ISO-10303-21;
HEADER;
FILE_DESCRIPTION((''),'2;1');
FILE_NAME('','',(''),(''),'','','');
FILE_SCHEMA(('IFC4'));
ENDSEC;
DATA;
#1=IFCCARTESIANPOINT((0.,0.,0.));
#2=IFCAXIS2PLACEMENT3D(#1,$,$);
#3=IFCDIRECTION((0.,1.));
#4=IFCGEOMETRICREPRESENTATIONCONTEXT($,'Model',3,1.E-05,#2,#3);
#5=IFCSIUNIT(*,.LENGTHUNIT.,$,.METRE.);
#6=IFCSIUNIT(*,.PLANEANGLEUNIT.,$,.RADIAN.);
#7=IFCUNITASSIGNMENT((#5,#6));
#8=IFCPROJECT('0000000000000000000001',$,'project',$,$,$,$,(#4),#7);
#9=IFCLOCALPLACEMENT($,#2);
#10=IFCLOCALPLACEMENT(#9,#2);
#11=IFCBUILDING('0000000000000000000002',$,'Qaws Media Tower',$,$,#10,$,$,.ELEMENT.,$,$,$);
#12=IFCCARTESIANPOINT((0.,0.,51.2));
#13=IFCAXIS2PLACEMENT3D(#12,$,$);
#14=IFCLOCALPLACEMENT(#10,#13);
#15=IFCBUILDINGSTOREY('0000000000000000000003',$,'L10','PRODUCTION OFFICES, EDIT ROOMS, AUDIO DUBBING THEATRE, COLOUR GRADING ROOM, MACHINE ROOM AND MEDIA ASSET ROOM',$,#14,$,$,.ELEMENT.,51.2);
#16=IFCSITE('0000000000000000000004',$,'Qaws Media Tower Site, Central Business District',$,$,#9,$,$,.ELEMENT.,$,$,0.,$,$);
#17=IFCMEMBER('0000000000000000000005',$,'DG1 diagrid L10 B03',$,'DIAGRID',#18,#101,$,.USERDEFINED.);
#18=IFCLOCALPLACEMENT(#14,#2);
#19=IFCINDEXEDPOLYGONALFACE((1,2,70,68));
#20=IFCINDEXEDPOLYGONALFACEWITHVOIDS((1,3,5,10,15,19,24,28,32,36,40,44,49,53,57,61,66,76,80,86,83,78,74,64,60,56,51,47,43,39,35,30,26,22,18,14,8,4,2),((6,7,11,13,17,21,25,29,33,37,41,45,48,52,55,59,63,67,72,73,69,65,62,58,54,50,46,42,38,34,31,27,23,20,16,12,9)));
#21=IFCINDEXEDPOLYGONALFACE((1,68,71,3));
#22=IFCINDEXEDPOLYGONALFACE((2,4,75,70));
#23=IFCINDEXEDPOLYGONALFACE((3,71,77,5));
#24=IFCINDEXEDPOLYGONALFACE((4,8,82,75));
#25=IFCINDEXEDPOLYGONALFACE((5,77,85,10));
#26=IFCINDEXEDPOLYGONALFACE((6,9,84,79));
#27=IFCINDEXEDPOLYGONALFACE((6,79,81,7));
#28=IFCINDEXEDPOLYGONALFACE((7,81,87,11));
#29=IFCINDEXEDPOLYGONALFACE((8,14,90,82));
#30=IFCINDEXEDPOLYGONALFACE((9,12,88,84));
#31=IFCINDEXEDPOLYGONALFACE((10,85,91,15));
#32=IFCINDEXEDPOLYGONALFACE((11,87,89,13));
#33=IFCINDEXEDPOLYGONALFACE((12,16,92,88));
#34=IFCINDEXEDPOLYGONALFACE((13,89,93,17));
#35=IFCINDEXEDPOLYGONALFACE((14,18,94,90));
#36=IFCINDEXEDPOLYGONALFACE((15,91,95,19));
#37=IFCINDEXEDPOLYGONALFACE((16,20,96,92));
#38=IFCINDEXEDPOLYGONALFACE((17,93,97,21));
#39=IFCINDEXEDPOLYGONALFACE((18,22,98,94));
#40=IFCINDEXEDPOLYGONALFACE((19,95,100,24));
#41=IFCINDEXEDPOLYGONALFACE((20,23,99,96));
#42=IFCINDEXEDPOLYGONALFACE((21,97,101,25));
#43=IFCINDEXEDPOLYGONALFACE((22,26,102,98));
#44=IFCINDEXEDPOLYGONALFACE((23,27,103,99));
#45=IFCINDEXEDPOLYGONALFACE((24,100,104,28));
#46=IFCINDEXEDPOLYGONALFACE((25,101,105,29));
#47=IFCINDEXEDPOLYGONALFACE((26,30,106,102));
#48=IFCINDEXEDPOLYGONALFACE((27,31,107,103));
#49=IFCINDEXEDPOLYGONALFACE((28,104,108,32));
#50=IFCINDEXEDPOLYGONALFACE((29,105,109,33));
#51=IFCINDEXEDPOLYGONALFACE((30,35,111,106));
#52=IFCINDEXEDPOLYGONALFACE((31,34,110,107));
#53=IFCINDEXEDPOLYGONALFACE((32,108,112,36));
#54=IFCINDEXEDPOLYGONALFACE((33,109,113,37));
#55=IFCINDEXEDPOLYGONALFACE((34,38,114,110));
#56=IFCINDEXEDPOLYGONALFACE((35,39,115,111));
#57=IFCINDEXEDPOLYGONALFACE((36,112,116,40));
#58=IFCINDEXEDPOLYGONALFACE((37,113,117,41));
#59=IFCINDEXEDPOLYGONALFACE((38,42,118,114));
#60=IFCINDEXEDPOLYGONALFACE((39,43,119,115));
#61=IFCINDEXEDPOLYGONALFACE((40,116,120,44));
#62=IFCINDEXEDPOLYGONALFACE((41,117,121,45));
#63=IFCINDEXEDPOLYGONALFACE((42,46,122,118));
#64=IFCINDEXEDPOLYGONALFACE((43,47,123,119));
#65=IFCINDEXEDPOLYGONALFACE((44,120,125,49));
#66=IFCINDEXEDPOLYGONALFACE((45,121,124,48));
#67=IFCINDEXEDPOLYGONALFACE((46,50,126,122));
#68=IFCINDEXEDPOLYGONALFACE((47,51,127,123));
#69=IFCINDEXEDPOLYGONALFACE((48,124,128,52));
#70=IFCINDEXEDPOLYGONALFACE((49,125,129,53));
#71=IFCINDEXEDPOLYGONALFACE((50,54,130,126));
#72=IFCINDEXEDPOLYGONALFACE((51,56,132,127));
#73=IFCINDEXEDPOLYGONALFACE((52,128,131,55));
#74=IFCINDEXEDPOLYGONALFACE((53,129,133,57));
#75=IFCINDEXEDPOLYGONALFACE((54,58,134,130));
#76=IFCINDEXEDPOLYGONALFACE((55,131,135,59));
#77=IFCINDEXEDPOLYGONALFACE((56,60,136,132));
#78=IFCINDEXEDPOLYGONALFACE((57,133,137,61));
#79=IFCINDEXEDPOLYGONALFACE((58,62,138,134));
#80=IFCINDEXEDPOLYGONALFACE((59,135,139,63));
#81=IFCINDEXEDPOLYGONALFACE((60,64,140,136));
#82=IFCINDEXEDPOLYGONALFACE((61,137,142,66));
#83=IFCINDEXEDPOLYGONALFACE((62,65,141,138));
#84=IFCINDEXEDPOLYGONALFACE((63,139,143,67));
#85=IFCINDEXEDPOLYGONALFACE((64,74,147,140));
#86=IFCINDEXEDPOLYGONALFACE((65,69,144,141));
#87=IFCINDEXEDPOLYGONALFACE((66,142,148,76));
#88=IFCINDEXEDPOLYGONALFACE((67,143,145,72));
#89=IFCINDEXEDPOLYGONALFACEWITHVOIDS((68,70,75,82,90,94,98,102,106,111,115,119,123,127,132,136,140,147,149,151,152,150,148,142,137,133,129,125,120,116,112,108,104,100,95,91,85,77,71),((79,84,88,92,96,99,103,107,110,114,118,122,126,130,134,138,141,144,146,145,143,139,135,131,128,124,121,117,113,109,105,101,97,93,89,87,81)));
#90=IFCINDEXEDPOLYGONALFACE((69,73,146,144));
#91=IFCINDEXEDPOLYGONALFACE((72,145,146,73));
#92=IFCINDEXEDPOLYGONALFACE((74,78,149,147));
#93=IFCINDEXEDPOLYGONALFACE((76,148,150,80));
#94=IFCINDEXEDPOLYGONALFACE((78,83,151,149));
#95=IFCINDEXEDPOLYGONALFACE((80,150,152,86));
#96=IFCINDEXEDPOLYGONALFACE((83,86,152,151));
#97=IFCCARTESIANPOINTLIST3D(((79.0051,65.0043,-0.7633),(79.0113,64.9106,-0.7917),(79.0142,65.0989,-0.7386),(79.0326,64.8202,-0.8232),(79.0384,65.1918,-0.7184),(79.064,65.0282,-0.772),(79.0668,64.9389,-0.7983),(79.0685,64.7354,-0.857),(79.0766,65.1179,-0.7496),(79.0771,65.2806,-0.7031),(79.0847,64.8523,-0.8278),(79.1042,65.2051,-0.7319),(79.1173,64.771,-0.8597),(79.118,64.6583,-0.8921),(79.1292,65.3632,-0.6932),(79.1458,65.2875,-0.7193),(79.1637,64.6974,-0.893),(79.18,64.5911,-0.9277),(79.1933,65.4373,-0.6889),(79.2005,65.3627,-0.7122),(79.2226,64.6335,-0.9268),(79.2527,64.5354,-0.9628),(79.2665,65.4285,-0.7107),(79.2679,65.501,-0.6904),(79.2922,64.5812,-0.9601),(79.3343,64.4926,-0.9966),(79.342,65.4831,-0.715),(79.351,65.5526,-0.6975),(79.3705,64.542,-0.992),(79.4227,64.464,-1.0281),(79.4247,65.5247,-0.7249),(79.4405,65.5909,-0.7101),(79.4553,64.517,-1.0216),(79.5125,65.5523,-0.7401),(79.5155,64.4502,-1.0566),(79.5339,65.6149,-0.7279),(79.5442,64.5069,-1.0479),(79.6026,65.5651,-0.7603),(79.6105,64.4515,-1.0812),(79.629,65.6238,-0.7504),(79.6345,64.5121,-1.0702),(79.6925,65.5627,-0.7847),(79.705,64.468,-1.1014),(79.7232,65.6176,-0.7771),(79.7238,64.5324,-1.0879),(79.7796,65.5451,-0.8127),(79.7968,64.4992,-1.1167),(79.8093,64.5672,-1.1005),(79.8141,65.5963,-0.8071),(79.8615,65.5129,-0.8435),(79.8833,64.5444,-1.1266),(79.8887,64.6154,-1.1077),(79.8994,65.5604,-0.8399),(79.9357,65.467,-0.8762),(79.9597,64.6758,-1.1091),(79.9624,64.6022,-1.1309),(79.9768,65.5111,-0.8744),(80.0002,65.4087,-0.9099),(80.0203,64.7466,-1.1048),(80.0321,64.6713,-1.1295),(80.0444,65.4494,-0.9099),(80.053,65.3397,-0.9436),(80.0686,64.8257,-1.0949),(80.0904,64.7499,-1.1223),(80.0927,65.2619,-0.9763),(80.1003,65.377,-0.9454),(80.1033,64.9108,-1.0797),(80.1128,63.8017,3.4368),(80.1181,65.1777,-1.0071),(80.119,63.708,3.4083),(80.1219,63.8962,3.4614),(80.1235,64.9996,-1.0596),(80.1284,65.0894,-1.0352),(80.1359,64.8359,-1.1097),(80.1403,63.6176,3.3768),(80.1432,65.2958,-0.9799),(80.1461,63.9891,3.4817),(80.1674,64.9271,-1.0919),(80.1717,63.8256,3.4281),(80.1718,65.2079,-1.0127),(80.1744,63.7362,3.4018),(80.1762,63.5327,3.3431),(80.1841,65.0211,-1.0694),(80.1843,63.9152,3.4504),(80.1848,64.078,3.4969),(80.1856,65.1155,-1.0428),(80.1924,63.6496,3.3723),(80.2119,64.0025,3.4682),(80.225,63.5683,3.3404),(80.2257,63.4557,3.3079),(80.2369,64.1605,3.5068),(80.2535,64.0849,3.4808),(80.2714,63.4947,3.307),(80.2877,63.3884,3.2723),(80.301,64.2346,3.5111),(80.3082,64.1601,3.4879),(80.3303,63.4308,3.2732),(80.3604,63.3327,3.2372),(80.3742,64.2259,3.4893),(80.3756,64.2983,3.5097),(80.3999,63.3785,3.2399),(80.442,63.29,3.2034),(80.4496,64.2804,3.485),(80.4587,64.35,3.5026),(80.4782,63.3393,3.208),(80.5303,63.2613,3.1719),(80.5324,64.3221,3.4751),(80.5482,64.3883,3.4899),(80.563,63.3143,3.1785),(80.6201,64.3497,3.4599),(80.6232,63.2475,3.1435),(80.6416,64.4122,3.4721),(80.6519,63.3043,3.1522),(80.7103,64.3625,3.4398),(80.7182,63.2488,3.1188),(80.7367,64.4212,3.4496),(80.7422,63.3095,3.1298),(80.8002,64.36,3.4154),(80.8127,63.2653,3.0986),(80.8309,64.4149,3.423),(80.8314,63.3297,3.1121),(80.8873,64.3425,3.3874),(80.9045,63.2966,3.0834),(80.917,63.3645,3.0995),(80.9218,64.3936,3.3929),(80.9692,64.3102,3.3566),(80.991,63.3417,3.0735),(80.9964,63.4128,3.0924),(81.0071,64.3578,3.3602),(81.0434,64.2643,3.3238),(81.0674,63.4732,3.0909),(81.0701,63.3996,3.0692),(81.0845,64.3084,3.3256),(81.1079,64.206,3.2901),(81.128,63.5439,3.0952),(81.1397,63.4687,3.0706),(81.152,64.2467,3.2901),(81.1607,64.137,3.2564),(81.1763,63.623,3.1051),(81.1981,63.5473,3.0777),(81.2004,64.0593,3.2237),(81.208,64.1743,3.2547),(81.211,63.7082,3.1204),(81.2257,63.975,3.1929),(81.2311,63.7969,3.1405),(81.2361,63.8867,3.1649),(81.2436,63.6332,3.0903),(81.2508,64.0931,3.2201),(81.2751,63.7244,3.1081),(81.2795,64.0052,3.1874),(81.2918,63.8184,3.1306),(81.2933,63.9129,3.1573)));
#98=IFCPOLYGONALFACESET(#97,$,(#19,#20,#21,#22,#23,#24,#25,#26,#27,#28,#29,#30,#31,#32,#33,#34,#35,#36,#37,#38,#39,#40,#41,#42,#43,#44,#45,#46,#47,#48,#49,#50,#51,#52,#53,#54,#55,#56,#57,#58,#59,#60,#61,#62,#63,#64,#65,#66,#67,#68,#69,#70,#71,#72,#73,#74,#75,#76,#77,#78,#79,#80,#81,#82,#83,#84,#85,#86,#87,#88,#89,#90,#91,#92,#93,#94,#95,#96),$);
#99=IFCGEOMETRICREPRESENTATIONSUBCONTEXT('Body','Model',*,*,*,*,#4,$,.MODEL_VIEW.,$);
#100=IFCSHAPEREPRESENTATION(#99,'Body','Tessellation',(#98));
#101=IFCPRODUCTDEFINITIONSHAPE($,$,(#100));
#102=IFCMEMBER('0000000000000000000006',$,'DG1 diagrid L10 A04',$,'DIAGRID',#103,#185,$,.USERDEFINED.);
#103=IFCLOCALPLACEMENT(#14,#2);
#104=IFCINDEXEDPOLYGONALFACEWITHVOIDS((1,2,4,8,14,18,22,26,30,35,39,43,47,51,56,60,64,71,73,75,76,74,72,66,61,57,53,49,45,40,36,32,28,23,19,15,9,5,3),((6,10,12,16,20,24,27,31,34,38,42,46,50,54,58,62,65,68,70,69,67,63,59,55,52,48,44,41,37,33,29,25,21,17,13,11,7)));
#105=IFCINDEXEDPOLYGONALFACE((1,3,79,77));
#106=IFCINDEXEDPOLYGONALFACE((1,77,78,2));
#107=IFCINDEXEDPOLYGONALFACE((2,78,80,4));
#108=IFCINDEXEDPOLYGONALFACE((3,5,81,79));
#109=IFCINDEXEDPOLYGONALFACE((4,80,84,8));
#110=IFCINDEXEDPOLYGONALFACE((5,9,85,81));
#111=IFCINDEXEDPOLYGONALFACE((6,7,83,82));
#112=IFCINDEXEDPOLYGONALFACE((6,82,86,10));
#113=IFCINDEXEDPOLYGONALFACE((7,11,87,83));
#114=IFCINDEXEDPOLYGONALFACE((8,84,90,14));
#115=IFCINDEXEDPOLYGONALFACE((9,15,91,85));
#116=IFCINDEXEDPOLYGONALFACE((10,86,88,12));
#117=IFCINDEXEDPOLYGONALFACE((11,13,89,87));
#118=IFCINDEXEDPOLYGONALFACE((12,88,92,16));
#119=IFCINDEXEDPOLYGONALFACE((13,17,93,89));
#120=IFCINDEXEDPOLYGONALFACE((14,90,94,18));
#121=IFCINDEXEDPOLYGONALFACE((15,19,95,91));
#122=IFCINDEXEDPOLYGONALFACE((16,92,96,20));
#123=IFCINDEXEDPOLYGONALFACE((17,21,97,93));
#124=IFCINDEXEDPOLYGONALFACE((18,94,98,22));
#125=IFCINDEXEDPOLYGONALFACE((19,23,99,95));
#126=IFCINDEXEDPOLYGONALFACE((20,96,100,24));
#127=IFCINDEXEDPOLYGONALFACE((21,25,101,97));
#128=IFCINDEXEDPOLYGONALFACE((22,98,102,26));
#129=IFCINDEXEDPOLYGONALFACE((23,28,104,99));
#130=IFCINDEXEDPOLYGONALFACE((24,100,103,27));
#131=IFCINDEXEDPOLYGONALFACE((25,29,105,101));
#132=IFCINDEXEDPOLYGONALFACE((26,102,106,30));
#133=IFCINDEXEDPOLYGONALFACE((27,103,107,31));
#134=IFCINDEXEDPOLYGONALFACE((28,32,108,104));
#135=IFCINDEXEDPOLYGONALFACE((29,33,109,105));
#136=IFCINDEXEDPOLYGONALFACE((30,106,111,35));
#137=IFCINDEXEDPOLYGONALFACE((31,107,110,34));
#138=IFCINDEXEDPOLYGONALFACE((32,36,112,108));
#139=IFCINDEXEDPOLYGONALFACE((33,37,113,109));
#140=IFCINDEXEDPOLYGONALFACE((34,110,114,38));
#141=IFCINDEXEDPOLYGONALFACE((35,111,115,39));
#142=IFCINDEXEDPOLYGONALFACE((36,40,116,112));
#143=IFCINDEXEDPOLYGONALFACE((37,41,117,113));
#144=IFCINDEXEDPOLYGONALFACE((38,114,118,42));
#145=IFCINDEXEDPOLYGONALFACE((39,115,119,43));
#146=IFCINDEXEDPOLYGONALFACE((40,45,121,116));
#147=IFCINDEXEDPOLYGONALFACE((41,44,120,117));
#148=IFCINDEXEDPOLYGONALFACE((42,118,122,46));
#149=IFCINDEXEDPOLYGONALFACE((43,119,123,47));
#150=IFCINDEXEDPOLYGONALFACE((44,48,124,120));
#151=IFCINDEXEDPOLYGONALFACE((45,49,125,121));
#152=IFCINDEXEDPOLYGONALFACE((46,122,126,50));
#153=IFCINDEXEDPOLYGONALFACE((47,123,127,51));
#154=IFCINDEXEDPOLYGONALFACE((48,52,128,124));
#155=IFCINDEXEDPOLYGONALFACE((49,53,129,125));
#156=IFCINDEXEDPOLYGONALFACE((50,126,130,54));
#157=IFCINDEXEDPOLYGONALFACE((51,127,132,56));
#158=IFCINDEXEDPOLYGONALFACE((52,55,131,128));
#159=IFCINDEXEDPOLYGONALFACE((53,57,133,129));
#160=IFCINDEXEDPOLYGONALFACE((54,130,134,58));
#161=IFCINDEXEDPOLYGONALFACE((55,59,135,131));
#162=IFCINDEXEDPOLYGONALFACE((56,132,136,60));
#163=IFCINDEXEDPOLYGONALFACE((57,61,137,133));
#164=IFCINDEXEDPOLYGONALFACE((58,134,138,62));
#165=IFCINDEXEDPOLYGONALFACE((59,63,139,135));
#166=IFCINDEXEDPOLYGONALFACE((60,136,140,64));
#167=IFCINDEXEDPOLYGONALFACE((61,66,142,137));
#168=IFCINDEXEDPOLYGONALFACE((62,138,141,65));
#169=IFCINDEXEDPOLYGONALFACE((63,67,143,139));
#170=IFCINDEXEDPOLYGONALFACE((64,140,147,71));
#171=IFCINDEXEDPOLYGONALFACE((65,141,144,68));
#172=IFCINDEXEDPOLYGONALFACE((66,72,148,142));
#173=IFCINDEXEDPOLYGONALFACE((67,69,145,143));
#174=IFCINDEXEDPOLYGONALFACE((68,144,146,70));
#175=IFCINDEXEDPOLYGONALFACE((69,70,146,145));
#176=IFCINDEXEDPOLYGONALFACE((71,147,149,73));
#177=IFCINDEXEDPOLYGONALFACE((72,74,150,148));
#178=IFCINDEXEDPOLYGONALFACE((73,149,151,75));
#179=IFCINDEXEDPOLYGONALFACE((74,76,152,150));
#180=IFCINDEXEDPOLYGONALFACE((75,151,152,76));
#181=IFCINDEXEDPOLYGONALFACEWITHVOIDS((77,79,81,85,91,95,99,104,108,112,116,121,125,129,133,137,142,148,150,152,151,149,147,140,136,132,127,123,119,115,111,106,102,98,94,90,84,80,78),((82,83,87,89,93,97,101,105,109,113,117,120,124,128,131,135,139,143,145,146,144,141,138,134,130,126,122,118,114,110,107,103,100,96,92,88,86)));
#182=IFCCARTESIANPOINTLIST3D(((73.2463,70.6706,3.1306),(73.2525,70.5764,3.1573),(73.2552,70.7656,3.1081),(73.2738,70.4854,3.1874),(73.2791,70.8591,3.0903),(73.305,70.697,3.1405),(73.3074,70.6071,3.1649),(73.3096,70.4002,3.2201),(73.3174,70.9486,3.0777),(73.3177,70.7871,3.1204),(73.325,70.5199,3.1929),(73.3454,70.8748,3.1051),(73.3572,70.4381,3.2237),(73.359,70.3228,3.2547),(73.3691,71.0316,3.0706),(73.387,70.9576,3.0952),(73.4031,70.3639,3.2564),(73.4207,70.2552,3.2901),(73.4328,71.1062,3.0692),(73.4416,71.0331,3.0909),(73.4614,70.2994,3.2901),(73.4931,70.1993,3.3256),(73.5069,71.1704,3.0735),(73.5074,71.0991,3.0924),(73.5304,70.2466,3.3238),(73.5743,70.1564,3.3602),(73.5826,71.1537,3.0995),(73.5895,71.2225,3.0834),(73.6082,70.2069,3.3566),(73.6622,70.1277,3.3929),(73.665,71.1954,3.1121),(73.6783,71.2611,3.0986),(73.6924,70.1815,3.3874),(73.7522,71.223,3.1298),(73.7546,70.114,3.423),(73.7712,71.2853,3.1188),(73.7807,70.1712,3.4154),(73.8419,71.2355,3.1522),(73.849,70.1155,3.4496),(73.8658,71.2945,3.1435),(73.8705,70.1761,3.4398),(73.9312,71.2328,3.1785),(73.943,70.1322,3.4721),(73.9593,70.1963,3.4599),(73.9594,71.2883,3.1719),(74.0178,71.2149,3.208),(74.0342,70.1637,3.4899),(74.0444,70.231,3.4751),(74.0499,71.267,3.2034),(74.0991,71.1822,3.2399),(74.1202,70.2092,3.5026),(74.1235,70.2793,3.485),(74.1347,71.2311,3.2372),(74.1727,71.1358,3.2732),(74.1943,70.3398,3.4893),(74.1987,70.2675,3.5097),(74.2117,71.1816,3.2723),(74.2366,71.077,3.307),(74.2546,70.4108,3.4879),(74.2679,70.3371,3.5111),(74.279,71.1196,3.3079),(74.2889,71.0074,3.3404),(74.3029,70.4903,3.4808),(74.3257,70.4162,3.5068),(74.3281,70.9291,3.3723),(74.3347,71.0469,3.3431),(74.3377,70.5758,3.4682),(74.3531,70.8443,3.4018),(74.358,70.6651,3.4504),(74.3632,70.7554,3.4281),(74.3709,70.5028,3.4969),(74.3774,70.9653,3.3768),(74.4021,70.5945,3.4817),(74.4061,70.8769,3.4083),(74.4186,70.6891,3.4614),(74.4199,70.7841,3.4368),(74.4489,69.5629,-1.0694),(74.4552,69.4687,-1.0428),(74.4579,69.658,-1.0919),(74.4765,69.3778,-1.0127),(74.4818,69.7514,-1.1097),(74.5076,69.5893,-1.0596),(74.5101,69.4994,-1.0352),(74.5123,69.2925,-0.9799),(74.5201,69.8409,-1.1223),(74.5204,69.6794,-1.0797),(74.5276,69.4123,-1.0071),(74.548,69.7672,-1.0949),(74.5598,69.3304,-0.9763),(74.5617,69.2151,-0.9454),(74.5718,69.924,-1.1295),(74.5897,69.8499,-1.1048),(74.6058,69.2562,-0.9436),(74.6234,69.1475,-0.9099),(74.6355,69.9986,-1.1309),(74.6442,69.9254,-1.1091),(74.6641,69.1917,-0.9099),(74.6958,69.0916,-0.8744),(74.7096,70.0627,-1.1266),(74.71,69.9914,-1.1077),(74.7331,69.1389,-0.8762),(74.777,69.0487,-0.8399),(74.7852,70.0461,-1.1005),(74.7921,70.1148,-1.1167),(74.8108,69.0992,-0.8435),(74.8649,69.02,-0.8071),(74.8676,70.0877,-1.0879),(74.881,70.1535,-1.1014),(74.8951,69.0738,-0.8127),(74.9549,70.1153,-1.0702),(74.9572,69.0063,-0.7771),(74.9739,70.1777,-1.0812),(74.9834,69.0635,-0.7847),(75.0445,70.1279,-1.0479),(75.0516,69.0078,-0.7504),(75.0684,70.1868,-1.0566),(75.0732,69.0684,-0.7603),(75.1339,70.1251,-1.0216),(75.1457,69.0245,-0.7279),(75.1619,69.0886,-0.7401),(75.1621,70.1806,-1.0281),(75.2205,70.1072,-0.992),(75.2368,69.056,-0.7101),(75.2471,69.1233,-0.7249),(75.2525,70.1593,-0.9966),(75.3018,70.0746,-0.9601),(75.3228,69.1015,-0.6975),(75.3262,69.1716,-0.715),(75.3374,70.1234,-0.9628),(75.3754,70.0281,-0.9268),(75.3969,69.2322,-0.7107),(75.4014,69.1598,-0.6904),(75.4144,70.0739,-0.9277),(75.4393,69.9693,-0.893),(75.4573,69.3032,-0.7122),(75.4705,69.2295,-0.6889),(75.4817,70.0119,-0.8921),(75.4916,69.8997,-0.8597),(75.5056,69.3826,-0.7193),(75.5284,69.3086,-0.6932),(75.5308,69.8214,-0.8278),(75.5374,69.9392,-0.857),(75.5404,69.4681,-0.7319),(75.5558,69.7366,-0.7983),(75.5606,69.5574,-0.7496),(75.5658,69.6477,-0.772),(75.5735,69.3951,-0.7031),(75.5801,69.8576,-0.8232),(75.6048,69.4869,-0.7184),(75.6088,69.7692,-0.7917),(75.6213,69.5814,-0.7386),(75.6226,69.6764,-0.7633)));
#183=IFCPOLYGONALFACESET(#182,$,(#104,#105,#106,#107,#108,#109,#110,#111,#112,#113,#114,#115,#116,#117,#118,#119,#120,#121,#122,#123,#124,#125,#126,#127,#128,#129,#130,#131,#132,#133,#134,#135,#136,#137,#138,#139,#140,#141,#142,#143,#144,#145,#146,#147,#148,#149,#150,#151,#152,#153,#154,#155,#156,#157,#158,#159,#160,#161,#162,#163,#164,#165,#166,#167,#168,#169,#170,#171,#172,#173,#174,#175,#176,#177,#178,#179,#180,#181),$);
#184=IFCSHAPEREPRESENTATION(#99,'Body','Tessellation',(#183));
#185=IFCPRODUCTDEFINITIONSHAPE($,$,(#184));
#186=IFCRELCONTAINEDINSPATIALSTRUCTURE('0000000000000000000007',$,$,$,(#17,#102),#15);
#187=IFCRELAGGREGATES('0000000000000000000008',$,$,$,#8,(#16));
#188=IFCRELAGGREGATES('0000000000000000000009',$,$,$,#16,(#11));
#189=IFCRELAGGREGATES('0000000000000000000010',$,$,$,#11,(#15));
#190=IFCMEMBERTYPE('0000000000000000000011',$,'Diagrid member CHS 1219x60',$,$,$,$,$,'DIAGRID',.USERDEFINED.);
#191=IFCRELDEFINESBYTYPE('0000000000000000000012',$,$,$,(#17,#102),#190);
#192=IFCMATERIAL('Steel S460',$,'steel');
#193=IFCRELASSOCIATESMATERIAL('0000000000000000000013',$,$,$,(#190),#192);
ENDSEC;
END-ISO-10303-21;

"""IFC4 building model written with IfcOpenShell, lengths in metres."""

from ifc_helpers import new_model, si_unit, direction, frame, origin, origin_2d, place, context, subcontext, project, spatial, hollow_circle, extrude, material, material_profile, profile_set, type_object, element, save


model = new_model("IFC4")

# Units and contexts
model_context = context("Model", 3, precision=1e-05, world=origin(), true_north=direction((0.0, 1.0)))
body_context = subcontext(model_context, "Body", "Model", "MODEL_VIEW")
ifc_project = project(units=[si_unit("LENGTHUNIT", "METRE"), si_unit("PLANEANGLEUNIT", "RADIAN")], contexts=[model_context])

# Site, building, storey
site_placement = place(None, origin())
site = spatial("IfcSite", under=ifc_project, at=site_placement, Name="Qaws Media Tower Site, Central Business District", CompositionType="ELEMENT", RefElevation=0.0)
building_placement = place(site_placement, origin())
building = spatial("IfcBuilding", under=site, at=building_placement, Name="Qaws Media Tower", CompositionType="ELEMENT")
storey_placement = place(building_placement, frame((0.0, 0.0, 51.2)))
storey = spatial("IfcBuildingStorey", under=building, at=storey_placement, Name="L10", Description="PRODUCTION OFFICES, EDIT ROOMS, AUDIO DUBBING THEATRE, COLOUR GRADING ROOM, MACHINE ROOM AND MEDIA ASSET ROOM", CompositionType="ELEMENT", Elevation=51.2)

# Members
ifc_material_1 = material(Name="Steel S460", Category="steel")
ifc_material_profile_1 = material_profile(ifc_material_1, hollow_circle(Radius=0.6096, WallThickness=0.0601, at=origin_2d()), Name="CHS 1219x60")
ifc_profile_set_1 = profile_set([ifc_material_profile_1], Name="Steel S460")
member_type_1 = type_object("IfcMemberType", Name="Diagrid member CHS 1219x60", ElementType="DIAGRID", PredefinedType="USERDEFINED", material=ifc_profile_set_1)
for number, where, z_axis, x_axis, name in (
    (1, (79.5959, 65.0364, -0.9099), (0.245767, -0.266839, 0.931877), (0.735553, 0.677467, 0.0), "DG1 diagrid L10 B03"),
    (2, (75.0364, 69.5959, -0.9099), (-0.266839, 0.245767, 0.931877), (-0.677467, -0.735553, 0.0), "DG1 diagrid L10 A04"),
):
    element("IfcMember", number, at=place(storey_placement, frame(where, z_axis=z_axis, x_axis=x_axis)), inside=storey, type_object=member_type_1, Name=name, ObjectType="DIAGRID", PredefinedType="USERDEFINED", context=body_context, shape_type="SweptSolid", body=[
        extrude(hollow_circle(Radius=0.6096, WallThickness=0.0601, at=origin_2d()), origin(), (0.0, 0.0, 1.0), 4.5071),
    ])

save(model, "model.ifc")
